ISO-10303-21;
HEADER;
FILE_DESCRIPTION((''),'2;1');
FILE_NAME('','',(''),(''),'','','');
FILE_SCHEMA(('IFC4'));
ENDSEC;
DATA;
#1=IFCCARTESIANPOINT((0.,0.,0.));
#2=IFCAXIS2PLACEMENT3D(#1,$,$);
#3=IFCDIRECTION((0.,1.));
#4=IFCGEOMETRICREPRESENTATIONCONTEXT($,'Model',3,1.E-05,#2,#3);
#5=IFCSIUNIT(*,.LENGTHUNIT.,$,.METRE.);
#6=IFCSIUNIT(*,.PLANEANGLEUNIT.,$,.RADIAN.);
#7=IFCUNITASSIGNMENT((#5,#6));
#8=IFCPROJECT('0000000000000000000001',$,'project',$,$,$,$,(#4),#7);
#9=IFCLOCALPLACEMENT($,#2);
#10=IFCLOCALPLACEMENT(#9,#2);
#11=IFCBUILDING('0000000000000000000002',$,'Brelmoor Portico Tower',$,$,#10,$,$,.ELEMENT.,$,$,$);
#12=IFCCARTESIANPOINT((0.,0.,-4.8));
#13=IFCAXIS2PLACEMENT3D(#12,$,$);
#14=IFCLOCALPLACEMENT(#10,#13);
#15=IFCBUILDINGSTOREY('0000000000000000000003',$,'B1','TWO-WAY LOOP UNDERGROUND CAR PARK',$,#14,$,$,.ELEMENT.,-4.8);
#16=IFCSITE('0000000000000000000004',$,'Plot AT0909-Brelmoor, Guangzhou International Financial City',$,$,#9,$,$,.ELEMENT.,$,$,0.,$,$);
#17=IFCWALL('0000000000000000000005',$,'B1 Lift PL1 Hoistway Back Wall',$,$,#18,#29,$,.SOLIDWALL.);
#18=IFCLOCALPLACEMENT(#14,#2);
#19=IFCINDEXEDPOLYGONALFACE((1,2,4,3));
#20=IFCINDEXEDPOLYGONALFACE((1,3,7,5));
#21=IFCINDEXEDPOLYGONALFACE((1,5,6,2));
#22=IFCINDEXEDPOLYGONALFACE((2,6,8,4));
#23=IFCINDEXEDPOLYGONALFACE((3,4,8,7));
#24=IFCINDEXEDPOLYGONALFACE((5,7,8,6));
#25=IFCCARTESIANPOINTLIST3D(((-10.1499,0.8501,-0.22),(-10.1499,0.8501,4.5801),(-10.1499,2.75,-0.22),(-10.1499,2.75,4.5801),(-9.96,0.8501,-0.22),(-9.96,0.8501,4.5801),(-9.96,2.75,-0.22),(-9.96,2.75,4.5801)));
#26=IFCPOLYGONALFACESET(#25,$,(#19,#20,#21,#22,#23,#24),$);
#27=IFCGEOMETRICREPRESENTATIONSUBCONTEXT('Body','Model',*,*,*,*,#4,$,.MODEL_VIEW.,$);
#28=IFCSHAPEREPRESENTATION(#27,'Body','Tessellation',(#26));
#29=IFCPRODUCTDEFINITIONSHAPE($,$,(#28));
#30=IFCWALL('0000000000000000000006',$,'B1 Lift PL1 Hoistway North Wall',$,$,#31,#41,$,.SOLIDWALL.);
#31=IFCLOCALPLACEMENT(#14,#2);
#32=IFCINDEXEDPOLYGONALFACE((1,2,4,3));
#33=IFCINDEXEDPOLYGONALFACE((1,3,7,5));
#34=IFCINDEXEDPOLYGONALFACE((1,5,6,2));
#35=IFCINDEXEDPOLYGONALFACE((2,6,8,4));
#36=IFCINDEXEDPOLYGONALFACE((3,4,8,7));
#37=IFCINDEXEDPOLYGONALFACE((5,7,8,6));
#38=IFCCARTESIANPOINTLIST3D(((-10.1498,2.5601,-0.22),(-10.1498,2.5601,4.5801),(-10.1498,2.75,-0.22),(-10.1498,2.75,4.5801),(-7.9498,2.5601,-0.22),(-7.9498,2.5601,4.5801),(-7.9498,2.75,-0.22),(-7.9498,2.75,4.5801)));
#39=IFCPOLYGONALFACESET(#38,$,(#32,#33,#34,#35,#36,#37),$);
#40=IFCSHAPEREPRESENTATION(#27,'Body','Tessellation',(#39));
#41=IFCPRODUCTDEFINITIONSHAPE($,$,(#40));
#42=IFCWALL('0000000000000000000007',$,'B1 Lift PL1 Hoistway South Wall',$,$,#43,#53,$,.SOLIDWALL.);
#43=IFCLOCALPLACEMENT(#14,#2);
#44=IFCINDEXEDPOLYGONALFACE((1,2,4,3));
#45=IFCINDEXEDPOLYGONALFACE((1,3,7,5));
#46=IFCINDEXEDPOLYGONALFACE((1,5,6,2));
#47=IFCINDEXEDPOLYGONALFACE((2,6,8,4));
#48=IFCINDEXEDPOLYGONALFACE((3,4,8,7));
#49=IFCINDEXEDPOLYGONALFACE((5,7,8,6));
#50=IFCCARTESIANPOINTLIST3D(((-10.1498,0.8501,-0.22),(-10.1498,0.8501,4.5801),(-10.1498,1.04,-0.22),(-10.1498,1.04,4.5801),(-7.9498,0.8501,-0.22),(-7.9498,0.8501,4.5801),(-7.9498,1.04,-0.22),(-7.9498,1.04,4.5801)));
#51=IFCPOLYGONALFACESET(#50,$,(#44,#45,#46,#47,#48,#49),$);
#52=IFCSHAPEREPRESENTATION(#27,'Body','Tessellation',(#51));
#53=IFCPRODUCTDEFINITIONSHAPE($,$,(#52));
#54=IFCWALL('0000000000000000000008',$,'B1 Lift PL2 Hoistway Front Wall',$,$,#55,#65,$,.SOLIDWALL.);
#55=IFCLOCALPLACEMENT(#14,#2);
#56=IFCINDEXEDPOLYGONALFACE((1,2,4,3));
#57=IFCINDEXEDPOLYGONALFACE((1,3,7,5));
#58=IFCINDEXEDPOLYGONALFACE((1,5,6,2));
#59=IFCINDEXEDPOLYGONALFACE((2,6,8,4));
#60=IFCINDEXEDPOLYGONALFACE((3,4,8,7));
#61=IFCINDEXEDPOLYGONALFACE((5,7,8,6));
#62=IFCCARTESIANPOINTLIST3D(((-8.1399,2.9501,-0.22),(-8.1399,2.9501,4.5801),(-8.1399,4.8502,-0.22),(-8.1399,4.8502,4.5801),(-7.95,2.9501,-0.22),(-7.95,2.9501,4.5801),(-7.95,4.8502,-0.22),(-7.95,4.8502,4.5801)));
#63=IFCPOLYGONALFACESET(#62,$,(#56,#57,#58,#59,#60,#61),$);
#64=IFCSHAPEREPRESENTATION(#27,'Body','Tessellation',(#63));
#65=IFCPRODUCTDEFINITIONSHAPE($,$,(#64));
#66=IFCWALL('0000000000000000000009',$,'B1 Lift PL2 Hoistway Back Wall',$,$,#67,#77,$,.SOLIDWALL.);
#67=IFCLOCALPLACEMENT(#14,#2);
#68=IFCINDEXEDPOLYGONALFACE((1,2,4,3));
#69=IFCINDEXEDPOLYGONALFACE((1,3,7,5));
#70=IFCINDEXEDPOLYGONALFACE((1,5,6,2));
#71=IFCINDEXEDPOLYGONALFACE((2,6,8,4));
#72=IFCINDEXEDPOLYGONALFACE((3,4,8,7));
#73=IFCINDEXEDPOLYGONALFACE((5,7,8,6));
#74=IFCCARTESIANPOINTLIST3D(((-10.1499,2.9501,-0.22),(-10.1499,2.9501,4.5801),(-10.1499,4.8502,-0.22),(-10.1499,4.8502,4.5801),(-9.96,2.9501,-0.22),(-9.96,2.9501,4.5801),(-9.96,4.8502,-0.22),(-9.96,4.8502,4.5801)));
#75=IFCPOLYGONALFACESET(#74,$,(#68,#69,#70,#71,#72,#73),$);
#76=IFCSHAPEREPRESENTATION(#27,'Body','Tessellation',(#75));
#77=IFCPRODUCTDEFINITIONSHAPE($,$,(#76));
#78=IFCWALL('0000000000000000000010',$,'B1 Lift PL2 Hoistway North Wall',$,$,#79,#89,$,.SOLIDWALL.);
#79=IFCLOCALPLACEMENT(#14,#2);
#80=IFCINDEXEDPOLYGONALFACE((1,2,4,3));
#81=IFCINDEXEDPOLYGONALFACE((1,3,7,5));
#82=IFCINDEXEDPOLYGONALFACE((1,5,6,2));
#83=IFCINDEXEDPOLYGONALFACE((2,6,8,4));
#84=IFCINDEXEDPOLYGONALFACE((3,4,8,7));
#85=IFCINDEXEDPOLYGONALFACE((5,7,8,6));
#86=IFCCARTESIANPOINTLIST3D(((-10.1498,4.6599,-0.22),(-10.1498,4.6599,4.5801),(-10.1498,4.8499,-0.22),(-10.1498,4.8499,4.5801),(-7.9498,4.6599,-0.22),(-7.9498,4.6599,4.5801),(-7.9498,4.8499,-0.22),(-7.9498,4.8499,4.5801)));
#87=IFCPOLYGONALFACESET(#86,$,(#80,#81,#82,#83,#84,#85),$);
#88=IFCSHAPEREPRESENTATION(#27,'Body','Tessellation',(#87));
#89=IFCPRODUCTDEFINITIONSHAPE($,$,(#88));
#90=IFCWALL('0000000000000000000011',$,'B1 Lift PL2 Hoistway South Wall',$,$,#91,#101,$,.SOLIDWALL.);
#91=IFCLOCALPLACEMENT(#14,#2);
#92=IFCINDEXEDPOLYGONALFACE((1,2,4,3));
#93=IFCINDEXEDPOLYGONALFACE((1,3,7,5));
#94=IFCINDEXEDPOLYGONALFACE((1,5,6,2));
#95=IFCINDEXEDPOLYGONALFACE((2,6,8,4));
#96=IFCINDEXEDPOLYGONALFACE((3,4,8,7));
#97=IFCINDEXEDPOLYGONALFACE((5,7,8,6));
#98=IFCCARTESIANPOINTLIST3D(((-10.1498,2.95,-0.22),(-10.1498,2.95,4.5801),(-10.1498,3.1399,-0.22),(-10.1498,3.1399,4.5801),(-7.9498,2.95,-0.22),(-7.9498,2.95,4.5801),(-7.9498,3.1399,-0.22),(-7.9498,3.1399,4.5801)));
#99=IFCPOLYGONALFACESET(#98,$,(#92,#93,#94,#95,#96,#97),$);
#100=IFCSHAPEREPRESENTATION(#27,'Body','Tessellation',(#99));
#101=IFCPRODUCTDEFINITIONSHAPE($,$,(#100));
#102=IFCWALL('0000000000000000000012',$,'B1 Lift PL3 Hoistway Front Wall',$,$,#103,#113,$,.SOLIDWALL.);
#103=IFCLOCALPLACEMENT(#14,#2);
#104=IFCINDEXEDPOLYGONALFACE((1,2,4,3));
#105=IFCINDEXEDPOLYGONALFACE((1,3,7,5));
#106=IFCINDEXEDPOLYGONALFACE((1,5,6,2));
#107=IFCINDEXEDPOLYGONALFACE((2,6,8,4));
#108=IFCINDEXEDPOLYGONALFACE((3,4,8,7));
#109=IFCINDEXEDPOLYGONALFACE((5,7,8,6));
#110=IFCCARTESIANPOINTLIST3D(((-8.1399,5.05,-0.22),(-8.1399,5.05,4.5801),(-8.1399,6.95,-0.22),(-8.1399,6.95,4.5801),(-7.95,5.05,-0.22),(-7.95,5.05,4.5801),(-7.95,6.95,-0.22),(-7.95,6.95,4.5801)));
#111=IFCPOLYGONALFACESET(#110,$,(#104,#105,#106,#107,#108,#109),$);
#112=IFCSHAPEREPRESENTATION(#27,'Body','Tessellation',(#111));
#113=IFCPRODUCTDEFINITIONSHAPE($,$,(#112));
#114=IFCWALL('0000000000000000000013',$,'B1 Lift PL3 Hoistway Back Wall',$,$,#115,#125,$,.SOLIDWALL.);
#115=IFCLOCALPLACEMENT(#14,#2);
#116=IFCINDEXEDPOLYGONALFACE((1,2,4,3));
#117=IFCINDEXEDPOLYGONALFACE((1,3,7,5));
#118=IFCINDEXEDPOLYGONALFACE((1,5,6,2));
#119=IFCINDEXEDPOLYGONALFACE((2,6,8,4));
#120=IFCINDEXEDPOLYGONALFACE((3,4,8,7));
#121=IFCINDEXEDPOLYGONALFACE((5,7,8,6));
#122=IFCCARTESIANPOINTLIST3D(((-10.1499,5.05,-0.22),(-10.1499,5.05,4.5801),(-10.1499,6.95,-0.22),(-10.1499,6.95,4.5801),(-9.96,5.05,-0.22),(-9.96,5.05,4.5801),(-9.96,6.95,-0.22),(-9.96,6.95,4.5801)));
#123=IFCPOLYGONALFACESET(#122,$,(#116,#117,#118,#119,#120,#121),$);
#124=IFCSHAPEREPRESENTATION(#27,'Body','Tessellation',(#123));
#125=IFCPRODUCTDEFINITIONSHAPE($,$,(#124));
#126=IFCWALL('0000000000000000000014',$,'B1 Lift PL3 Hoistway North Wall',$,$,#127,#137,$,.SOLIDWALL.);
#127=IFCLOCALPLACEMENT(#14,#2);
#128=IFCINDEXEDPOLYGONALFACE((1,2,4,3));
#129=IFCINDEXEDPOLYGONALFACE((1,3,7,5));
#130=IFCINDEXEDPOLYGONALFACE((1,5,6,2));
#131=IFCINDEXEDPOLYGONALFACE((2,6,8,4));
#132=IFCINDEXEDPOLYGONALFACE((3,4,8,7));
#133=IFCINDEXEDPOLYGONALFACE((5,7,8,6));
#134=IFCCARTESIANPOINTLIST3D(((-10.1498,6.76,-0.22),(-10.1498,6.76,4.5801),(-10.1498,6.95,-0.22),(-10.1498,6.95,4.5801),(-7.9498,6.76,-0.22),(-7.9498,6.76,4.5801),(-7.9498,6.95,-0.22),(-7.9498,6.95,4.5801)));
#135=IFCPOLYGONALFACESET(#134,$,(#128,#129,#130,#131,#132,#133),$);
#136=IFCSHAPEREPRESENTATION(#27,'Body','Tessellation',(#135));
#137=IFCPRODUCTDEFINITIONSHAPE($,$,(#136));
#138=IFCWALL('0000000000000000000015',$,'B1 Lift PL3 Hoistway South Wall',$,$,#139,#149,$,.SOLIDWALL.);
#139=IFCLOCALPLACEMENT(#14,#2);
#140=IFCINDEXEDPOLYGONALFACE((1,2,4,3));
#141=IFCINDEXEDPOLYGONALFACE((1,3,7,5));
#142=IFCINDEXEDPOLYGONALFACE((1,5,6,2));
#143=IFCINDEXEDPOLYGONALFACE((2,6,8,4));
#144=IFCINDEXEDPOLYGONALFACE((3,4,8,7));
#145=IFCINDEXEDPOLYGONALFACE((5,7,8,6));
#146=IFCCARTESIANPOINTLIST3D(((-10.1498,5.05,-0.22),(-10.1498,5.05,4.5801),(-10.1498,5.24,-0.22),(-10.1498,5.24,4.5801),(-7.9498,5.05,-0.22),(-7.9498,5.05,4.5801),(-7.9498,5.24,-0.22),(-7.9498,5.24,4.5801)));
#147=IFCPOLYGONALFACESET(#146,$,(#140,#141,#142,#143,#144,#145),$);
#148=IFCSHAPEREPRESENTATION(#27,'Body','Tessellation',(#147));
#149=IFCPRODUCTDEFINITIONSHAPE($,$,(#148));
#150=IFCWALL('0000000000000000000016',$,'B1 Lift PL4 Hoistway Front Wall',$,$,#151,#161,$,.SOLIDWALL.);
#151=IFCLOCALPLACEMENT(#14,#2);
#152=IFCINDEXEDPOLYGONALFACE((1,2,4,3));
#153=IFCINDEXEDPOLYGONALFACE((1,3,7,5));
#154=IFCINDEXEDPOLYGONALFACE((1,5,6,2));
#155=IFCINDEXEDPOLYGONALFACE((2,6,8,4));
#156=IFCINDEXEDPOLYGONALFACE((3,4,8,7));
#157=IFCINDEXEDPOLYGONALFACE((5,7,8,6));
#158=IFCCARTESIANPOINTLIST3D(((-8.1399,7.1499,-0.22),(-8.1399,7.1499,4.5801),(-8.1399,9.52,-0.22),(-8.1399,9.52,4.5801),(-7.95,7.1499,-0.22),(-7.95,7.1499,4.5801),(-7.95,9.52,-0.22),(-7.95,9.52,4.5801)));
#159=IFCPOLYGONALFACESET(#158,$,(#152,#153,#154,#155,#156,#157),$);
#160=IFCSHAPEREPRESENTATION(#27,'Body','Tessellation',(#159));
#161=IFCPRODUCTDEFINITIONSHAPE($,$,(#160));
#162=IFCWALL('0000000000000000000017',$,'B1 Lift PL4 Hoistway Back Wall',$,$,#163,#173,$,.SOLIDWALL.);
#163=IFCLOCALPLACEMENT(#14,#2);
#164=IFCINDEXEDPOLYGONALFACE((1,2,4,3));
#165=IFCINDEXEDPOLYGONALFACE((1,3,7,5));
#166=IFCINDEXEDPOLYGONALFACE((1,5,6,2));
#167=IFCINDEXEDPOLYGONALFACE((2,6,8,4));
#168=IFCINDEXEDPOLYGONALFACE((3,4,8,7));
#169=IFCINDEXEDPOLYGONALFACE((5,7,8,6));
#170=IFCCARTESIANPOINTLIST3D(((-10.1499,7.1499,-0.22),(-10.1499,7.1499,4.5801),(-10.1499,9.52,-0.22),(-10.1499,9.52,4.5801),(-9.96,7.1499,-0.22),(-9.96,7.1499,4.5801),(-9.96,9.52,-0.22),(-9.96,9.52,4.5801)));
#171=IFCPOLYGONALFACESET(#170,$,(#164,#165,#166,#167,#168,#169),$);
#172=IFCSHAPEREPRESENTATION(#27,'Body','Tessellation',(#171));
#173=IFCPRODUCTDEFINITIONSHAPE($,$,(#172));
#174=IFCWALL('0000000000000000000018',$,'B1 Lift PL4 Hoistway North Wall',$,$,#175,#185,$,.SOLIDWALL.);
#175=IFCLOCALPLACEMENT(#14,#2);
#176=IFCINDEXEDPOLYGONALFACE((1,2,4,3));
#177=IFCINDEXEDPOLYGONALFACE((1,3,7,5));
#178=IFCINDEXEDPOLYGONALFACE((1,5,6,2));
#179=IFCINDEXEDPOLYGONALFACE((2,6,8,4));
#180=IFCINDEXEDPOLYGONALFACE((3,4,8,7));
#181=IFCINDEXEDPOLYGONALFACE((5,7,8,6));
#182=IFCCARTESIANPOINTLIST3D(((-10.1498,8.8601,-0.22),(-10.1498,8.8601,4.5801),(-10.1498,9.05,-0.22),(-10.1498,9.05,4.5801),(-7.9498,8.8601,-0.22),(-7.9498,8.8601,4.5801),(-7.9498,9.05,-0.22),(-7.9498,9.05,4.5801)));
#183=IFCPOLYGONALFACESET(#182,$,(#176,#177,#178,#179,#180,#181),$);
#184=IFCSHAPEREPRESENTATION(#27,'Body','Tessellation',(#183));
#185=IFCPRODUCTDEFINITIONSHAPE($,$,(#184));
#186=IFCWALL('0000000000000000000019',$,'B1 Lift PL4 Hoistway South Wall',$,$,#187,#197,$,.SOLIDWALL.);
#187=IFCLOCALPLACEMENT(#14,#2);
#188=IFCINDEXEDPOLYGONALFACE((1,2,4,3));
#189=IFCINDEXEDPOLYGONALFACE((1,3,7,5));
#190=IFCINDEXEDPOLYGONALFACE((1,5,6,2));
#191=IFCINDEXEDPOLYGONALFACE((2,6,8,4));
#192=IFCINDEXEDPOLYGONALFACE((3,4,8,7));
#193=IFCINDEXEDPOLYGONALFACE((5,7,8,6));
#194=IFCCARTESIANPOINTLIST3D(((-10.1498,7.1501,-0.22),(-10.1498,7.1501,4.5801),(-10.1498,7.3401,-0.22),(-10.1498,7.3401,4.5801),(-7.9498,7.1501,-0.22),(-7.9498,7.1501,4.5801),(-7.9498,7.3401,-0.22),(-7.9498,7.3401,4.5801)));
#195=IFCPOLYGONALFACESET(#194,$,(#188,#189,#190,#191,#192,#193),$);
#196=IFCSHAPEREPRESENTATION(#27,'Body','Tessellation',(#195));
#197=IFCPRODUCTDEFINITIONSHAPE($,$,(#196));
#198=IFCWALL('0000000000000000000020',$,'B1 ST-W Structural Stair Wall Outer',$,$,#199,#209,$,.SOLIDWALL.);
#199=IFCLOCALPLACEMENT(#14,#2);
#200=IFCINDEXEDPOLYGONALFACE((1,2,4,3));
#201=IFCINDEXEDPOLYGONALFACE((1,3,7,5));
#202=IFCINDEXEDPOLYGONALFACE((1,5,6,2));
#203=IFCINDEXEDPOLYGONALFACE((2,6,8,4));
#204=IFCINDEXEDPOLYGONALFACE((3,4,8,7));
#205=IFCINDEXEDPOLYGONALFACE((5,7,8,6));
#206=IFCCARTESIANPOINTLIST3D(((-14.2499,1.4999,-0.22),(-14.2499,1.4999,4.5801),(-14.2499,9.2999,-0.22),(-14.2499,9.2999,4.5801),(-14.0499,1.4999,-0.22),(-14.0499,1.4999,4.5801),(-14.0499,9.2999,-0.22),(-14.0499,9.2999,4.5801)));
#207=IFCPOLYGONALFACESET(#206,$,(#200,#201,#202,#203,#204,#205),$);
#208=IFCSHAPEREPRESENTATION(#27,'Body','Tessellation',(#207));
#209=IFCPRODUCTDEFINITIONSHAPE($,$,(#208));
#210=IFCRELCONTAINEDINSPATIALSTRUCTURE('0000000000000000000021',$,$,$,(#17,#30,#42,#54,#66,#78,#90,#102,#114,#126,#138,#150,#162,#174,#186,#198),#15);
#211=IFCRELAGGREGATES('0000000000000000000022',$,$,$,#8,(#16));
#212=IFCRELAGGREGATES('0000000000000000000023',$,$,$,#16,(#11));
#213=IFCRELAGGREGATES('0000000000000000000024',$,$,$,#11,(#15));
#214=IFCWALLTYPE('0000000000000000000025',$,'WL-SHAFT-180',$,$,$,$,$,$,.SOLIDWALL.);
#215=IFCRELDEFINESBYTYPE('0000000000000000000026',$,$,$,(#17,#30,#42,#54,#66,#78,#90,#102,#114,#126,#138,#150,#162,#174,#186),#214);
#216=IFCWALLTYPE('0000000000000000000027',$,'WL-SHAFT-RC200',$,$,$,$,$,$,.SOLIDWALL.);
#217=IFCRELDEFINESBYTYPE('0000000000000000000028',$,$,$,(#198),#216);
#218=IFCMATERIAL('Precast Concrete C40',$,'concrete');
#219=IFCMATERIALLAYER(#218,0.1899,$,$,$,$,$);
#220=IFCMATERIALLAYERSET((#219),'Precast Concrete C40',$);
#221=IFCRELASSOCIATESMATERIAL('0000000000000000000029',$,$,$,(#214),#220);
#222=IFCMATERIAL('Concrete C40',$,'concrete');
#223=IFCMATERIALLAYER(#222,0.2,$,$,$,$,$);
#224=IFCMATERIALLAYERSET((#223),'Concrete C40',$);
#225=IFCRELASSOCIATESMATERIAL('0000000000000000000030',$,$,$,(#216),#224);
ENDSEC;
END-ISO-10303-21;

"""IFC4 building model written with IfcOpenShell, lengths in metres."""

from ifc_helpers import new_model, si_unit, direction, frame, frame_2d, origin, place, context, subcontext, project, spatial, rectangle, extrude, material, layer, layer_set, type_object, element, save


model = new_model("IFC4")

# Units and contexts
model_context = context("Model", 3, precision=1e-05, world=origin(), true_north=direction((0.0, 1.0)))
body_context = subcontext(model_context, "Body", "Model", "MODEL_VIEW")
ifc_project = project(units=[si_unit("LENGTHUNIT", "METRE"), si_unit("PLANEANGLEUNIT", "RADIAN")], contexts=[model_context])

# Site, building, storey
site_placement = place(None, origin())
site = spatial("IfcSite", under=ifc_project, at=site_placement, Name="Plot AT0909-Brelmoor, Guangzhou International Financial City", CompositionType="ELEMENT", RefElevation=0.0)
building_placement = place(site_placement, origin())
building = spatial("IfcBuilding", under=site, at=building_placement, Name="Brelmoor Portico Tower", CompositionType="ELEMENT")
storey_placement = place(building_placement, frame((0.0, 0.0, -4.8)))
storey = spatial("IfcBuildingStorey", under=building, at=storey_placement, Name="B1", Description="TWO-WAY LOOP UNDERGROUND CAR PARK", CompositionType="ELEMENT", Elevation=-4.8)

# Walls
ifc_material_1 = material(Name="Precast Concrete C40", Category="concrete")
ifc_layer_1 = layer(ifc_material_1, 0.1899)
ifc_layer_set_1 = layer_set([ifc_layer_1], Name="Precast Concrete C40")
wall_type_1 = type_object("IfcWallType", Name="WL-SHAFT-180", PredefinedType="SOLIDWALL", material=ifc_layer_set_1)
wall_1_placement = place(storey_placement, frame((-10.0549, 0.8501, -0.22), z_axis=(0.0, 0.0, 1.0), x_axis=(0.0, 1.0, 0.0)))
element("IfcWall", 1, at=wall_1_placement, inside=storey, type_object=wall_type_1, Name="B1 Lift PL1 Hoistway Back Wall", PredefinedType="SOLIDWALL", context=body_context, shape_type="SweptSolid", body=[
    extrude(rectangle(XDim=1.8999, YDim=0.1899, at=frame_2d((0.95, 0.0))), origin(), (0.0, 0.0, 1.0), 4.8),
])
for number, where, z_axis, x_axis, name in (
    (2, (-10.1499, 2.655, -0.22), (0.0, 0.0, 1.0), (1.0, 0.0, 0.0), "B1 Lift PL1 Hoistway North Wall"),
    (3, (-10.1499, 0.9451, -0.22), (0.0, 0.0, 1.0), (1.0, 0.0, 0.0), "B1 Lift PL1 Hoistway South Wall"),
):
    element("IfcWall", number, at=place(storey_placement, frame(where, z_axis=z_axis, x_axis=x_axis)), inside=storey, type_object=wall_type_1, Name=name, PredefinedType="SOLIDWALL", context=body_context, shape_type="SweptSolid", body=[
        extrude(rectangle(XDim=2.2, YDim=0.1899, at=frame_2d((1.1001, 0.0))), origin(), (0.0, 0.0, 1.0), 4.8),
    ])
for number, where, z_axis, x_axis, name in (
    (4, (-8.0449, 2.95, -0.22), (0.0, 0.0, 1.0), (0.0, 1.0, 0.0), "B1 Lift PL2 Hoistway Front Wall"),
    (5, (-10.0549, 2.95, -0.22), (0.0, 0.0, 1.0), (0.0, 1.0, 0.0), "B1 Lift PL2 Hoistway Back Wall"),
):
    element("IfcWall", number, at=place(storey_placement, frame(where, z_axis=z_axis, x_axis=x_axis)), inside=storey, type_object=wall_type_1, Name=name, PredefinedType="SOLIDWALL", context=body_context, shape_type="SweptSolid", body=[
        extrude(rectangle(XDim=1.9001, YDim=0.1899, at=frame_2d((0.9502, 0.0))), origin(), (0.0, 0.0, 1.0), 4.8),
    ])
for number, where, z_axis, x_axis, name in (
    (6, (-10.1499, 4.7549, -0.22), (0.0, 0.0, 1.0), (1.0, 0.0, 0.0), "B1 Lift PL2 Hoistway North Wall"),
    (7, (-10.1499, 3.0449, -0.22), (0.0, 0.0, 1.0), (1.0, 0.0, 0.0), "B1 Lift PL2 Hoistway South Wall"),
):
    element("IfcWall", number, at=place(storey_placement, frame(where, z_axis=z_axis, x_axis=x_axis)), inside=storey, type_object=wall_type_1, Name=name, PredefinedType="SOLIDWALL", context=body_context, shape_type="SweptSolid", body=[
        extrude(rectangle(XDim=2.2, YDim=0.1899, at=frame_2d((1.1001, 0.0))), origin(), (0.0, 0.0, 1.0), 4.8),
    ])
for number, where, z_axis, x_axis, name in (
    (8, (-8.0449, 5.05, -0.22), (0.0, 0.0, 1.0), (0.0, 1.0, 0.0), "B1 Lift PL3 Hoistway Front Wall"),
    (9, (-10.0549, 5.05, -0.22), (0.0, 0.0, 1.0), (0.0, 1.0, 0.0), "B1 Lift PL3 Hoistway Back Wall"),
):
    element("IfcWall", number, at=place(storey_placement, frame(where, z_axis=z_axis, x_axis=x_axis)), inside=storey, type_object=wall_type_1, Name=name, PredefinedType="SOLIDWALL", context=body_context, shape_type="SweptSolid", body=[
        extrude(rectangle(XDim=1.8999, YDim=0.1899, at=frame_2d((0.95, 0.0))), origin(), (0.0, 0.0, 1.0), 4.8),
    ])
for number, where, z_axis, x_axis, name in (
    (10, (-10.1499, 6.855, -0.22), (0.0, 0.0, 1.0), (1.0, 0.0, 0.0), "B1 Lift PL3 Hoistway North Wall"),
    (11, (-10.1499, 5.145, -0.22), (0.0, 0.0, 1.0), (1.0, 0.0, 0.0), "B1 Lift PL3 Hoistway South Wall"),
):
    element("IfcWall", number, at=place(storey_placement, frame(where, z_axis=z_axis, x_axis=x_axis)), inside=storey, type_object=wall_type_1, Name=name, PredefinedType="SOLIDWALL", context=body_context, shape_type="SweptSolid", body=[
        extrude(rectangle(XDim=2.2, YDim=0.1899, at=frame_2d((1.1001, 0.0))), origin(), (0.0, 0.0, 1.0), 4.8),
    ])
for number, where, z_axis, x_axis, name in (
    (12, (-8.0449, 7.1499, -0.22), (0.0, 0.0, 1.0), (0.0, 1.0, 0.0), "B1 Lift PL4 Hoistway Front Wall"),
    (13, (-10.0549, 7.1499, -0.22), (0.0, 0.0, 1.0), (0.0, 1.0, 0.0), "B1 Lift PL4 Hoistway Back Wall"),
):
    element("IfcWall", number, at=place(storey_placement, frame(where, z_axis=z_axis, x_axis=x_axis)), inside=storey, type_object=wall_type_1, Name=name, PredefinedType="SOLIDWALL", context=body_context, shape_type="SweptSolid", body=[
        extrude(rectangle(XDim=2.3701, YDim=0.1899, at=frame_2d((1.1851, 0.0))), origin(), (0.0, 0.0, 1.0), 4.8),
    ])
for number, where, z_axis, x_axis, name in (
    (14, (-10.1499, 8.9551, -0.22), (0.0, 0.0, 1.0), (1.0, 0.0, 0.0), "B1 Lift PL4 Hoistway North Wall"),
    (15, (-10.1499, 7.2451, -0.22), (0.0, 0.0, 1.0), (1.0, 0.0, 0.0), "B1 Lift PL4 Hoistway South Wall"),
):
    element("IfcWall", number, at=place(storey_placement, frame(where, z_axis=z_axis, x_axis=x_axis)), inside=storey, type_object=wall_type_1, Name=name, PredefinedType="SOLIDWALL", context=body_context, shape_type="SweptSolid", body=[
        extrude(rectangle(XDim=2.2, YDim=0.1899, at=frame_2d((1.1001, 0.0))), origin(), (0.0, 0.0, 1.0), 4.8),
    ])
ifc_material_2 = material(Name="Concrete C40", Category="concrete")
ifc_layer_2 = layer(ifc_material_2, 0.2)
ifc_layer_set_2 = layer_set([ifc_layer_2], Name="Concrete C40")
wall_type_2 = type_object("IfcWallType", Name="WL-SHAFT-RC200", PredefinedType="SOLIDWALL", material=ifc_layer_set_2)
wall_2_placement = place(storey_placement, frame((-14.1499, 1.5, -0.22), z_axis=(0.0, 0.0, 1.0), x_axis=(0.0, 1.0, 0.0)))
element("IfcWall", 16, at=wall_2_placement, inside=storey, type_object=wall_type_2, Name="B1 ST-W Structural Stair Wall Outer", PredefinedType="SOLIDWALL", context=body_context, shape_type="SweptSolid", body=[
    extrude(rectangle(XDim=7.8, YDim=0.2, at=frame_2d((3.8999, 0.0))), origin(), (0.0, 0.0, 1.0), 4.8),
])

save(model, "model.ifc")
